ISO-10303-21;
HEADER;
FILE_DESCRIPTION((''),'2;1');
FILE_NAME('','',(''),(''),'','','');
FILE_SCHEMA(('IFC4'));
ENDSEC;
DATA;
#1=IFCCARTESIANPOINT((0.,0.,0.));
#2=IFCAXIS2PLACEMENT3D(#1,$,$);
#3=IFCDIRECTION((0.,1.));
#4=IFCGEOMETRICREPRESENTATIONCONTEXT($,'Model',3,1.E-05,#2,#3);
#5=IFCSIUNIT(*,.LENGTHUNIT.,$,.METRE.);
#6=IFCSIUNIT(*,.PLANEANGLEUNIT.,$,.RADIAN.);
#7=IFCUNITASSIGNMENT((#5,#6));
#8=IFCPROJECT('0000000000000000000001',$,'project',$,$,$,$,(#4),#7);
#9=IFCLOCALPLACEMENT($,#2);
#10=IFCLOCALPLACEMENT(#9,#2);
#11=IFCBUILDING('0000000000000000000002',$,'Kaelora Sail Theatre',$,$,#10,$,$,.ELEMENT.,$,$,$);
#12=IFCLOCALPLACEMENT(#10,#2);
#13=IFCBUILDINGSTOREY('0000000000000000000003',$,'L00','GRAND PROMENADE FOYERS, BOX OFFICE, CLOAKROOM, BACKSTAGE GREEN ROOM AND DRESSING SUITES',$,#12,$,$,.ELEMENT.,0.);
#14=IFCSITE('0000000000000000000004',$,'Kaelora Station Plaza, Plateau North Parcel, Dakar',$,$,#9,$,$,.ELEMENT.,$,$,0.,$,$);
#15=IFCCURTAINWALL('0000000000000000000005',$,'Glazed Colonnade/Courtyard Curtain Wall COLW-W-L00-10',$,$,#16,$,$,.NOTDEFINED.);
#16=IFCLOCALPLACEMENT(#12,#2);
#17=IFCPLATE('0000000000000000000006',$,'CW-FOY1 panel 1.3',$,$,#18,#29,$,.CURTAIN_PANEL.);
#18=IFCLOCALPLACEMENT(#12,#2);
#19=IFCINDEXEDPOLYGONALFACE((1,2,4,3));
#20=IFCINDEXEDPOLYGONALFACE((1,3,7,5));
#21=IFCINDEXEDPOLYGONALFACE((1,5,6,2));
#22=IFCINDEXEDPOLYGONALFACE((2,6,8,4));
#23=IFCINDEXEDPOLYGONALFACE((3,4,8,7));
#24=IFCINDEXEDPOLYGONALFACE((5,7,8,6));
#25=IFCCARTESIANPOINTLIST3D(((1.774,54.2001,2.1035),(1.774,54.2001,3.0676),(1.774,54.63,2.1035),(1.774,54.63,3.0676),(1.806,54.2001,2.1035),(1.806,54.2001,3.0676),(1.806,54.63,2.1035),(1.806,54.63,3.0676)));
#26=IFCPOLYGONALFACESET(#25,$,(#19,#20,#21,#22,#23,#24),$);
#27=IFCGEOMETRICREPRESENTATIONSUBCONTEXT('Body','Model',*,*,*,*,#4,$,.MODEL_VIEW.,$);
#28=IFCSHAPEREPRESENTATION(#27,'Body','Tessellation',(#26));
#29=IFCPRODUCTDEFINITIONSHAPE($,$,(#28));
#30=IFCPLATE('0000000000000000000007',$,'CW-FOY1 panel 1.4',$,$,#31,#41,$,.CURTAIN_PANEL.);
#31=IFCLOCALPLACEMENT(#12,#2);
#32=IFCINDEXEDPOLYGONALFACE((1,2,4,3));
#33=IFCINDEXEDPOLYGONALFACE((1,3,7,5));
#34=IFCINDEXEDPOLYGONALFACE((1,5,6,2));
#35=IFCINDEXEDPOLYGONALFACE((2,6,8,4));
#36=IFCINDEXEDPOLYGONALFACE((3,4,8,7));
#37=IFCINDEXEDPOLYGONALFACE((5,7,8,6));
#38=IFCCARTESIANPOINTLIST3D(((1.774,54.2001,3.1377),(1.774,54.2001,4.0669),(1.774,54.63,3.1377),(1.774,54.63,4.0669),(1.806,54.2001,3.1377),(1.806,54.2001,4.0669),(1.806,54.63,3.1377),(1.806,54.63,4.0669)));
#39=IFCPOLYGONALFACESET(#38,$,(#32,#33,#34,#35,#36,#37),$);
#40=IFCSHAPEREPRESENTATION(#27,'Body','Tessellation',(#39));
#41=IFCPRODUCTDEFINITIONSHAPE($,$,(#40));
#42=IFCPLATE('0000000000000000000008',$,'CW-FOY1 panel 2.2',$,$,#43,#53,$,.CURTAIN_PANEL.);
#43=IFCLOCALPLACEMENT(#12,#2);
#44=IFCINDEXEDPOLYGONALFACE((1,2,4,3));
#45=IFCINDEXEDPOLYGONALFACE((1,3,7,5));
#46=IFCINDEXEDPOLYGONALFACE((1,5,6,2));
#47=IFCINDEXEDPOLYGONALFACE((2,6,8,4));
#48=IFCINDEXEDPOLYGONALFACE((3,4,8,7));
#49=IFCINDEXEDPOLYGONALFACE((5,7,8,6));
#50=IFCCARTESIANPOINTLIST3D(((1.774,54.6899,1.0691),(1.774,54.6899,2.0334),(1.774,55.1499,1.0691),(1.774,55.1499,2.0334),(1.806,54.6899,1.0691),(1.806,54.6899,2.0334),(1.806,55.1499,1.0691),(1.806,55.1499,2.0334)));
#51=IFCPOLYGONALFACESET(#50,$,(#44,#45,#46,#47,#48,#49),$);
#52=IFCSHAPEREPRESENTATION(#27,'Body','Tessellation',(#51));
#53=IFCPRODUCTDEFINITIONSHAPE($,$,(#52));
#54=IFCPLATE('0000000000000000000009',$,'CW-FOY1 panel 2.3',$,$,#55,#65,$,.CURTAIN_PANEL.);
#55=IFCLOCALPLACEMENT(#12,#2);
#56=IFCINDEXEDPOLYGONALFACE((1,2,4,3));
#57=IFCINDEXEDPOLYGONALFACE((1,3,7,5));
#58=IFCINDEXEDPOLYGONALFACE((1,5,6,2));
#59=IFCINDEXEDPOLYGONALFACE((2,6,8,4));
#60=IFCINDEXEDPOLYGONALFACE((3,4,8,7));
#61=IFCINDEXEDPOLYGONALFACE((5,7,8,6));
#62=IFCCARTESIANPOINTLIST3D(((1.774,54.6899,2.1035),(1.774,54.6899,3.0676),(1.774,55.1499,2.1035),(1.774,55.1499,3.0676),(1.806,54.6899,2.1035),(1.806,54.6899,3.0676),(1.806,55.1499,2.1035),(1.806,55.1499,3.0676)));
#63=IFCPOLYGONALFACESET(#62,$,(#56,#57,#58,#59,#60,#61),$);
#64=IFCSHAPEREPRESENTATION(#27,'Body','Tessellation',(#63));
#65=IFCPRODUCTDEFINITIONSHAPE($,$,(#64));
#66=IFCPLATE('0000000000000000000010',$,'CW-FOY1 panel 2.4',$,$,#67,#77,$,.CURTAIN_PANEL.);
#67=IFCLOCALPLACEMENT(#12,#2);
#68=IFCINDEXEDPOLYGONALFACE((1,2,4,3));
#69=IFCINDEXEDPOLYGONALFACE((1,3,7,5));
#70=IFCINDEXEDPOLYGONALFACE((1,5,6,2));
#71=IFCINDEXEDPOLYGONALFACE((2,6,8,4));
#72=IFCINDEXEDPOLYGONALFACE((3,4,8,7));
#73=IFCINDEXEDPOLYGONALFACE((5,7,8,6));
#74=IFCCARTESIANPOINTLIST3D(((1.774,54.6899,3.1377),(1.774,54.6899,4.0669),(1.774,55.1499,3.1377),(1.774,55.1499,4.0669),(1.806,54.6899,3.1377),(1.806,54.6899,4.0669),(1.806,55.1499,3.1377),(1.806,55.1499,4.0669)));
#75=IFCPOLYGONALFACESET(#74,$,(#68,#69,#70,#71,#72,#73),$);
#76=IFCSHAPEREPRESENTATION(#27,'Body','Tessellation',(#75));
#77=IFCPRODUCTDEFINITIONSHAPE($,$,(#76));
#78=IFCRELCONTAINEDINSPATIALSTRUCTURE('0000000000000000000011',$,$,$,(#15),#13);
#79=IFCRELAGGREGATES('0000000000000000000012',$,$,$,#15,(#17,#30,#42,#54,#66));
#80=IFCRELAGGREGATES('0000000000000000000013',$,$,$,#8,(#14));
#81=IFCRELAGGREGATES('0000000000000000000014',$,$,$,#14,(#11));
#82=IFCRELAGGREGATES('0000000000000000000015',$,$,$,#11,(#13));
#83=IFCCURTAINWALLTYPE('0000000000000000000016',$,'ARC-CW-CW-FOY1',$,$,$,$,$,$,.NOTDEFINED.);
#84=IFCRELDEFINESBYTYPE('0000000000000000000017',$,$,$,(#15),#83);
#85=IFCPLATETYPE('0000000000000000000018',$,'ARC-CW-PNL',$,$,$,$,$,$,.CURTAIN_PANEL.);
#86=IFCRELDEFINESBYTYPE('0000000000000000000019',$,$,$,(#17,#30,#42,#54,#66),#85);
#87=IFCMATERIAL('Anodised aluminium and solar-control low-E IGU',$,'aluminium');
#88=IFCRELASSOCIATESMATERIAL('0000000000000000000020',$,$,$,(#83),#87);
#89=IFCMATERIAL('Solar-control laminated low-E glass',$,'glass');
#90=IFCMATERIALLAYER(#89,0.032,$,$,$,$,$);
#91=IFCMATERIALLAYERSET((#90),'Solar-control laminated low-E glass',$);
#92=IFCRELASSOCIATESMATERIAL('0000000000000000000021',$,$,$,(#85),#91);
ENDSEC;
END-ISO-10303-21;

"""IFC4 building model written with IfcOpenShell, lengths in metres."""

from ifc_helpers import new_model, si_unit, direction, frame, origin, origin_2d, place, context, subcontext, project, spatial, rectangle, extrude, material, layer, layer_set, type_object, element, aggregate, save


model = new_model("IFC4")

# Units and contexts
model_context = context("Model", 3, precision=1e-05, world=origin(), true_north=direction((0.0, 1.0)))
body_context = subcontext(model_context, "Body", "Model", "MODEL_VIEW")
ifc_project = project(units=[si_unit("LENGTHUNIT", "METRE"), si_unit("PLANEANGLEUNIT", "RADIAN")], contexts=[model_context])

# Site, building, storey
site_placement = place(None, origin())
site = spatial("IfcSite", under=ifc_project, at=site_placement, Name="Kaelora Station Plaza, Plateau North Parcel, Dakar", CompositionType="ELEMENT", RefElevation=0.0)
building_placement = place(site_placement, origin())
building = spatial("IfcBuilding", under=site, at=building_placement, Name="Kaelora Sail Theatre", CompositionType="ELEMENT")
storey_placement = place(building_placement, origin())
storey = spatial("IfcBuildingStorey", under=building, at=storey_placement, Name="L00", Description="GRAND PROMENADE FOYERS, BOX OFFICE, CLOAKROOM, BACKSTAGE GREEN ROOM AND DRESSING SUITES", CompositionType="ELEMENT", Elevation=0.0)

# Curtain wall
ifc_material_1 = material(Name="Anodised aluminium and solar-control low-E IGU", Category="aluminium")
curtain_wall_type = type_object("IfcCurtainWallType", Name="ARC-CW-CW-FOY1", PredefinedType="NOTDEFINED", material=ifc_material_1)
curtain_wall_1_placement = place(storey_placement, origin())
curtain_wall_1 = element("IfcCurtainWall", 1, at=curtain_wall_1_placement, inside=storey, type_object=curtain_wall_type, Name="Glazed Colonnade/Courtyard Curtain Wall COLW-W-L00-10", PredefinedType="NOTDEFINED")

# Plates
ifc_material_2 = material(Name="Solar-control laminated low-E glass", Category="glass")
ifc_layer = layer(ifc_material_2, 0.032)
ifc_layer_set = layer_set([ifc_layer], Name="Solar-control laminated low-E glass")
plate_type = type_object("IfcPlateType", Name="ARC-CW-PNL", PredefinedType="CURTAIN_PANEL", material=ifc_layer_set)
plate_1_placement = place(storey_placement, frame((1.79, 54.415, 2.1035), z_axis=(0.0, 0.0, 1.0), x_axis=(0.0, 1.0, 0.0)))
plate_1 = element("IfcPlate", 2, at=plate_1_placement, type_object=plate_type, Name="CW-FOY1 panel 1.3", PredefinedType="CURTAIN_PANEL", context=body_context, shape_type="SweptSolid", body=[
    extrude(rectangle(XDim=0.4299, YDim=0.032, at=origin_2d()), origin(), (0.0, 0.0, 1.0), 0.9641),
])
plate_2_placement = place(storey_placement, frame((1.79, 54.415, 3.1377), z_axis=(0.0, 0.0, 1.0), x_axis=(0.0, 1.0, 0.0)))
plate_2 = element("IfcPlate", 3, at=plate_2_placement, type_object=plate_type, Name="CW-FOY1 panel 1.4", PredefinedType="CURTAIN_PANEL", context=body_context, shape_type="SweptSolid", body=[
    extrude(rectangle(XDim=0.4299, YDim=0.032, at=origin_2d()), origin(), (0.0, 0.0, 1.0), 0.9292),
])
plate_3_placement = place(storey_placement, frame((1.79, 54.9199, 1.0691), z_axis=(0.0, 0.0, 1.0), x_axis=(0.0, 1.0, 0.0)))
plate_3 = element("IfcPlate", 4, at=plate_3_placement, type_object=plate_type, Name="CW-FOY1 panel 2.2", PredefinedType="CURTAIN_PANEL", context=body_context, shape_type="SweptSolid", body=[
    extrude(rectangle(XDim=0.46, YDim=0.032, at=origin_2d()), origin(), (0.0, 0.0, 1.0), 0.9644),
])
plate_4_placement = place(storey_placement, frame((1.79, 54.9199, 2.1035), z_axis=(0.0, 0.0, 1.0), x_axis=(0.0, 1.0, 0.0)))
plate_4 = element("IfcPlate", 5, at=plate_4_placement, type_object=plate_type, Name="CW-FOY1 panel 2.3", PredefinedType="CURTAIN_PANEL", context=body_context, shape_type="SweptSolid", body=[
    extrude(rectangle(XDim=0.46, YDim=0.032, at=origin_2d()), origin(), (0.0, 0.0, 1.0), 0.9641),
])
plate_5_placement = place(storey_placement, frame((1.79, 54.9199, 3.1377), z_axis=(0.0, 0.0, 1.0), x_axis=(0.0, 1.0, 0.0)))
plate_5 = element("IfcPlate", 6, at=plate_5_placement, type_object=plate_type, Name="CW-FOY1 panel 2.4", PredefinedType="CURTAIN_PANEL", context=body_context, shape_type="SweptSolid", body=[
    extrude(rectangle(XDim=0.46, YDim=0.032, at=origin_2d()), origin(), (0.0, 0.0, 1.0), 0.9292),
])
aggregate(curtain_wall_1, [plate_1, plate_2, plate_3, plate_4, plate_5])

save(model, "model.ifc")
